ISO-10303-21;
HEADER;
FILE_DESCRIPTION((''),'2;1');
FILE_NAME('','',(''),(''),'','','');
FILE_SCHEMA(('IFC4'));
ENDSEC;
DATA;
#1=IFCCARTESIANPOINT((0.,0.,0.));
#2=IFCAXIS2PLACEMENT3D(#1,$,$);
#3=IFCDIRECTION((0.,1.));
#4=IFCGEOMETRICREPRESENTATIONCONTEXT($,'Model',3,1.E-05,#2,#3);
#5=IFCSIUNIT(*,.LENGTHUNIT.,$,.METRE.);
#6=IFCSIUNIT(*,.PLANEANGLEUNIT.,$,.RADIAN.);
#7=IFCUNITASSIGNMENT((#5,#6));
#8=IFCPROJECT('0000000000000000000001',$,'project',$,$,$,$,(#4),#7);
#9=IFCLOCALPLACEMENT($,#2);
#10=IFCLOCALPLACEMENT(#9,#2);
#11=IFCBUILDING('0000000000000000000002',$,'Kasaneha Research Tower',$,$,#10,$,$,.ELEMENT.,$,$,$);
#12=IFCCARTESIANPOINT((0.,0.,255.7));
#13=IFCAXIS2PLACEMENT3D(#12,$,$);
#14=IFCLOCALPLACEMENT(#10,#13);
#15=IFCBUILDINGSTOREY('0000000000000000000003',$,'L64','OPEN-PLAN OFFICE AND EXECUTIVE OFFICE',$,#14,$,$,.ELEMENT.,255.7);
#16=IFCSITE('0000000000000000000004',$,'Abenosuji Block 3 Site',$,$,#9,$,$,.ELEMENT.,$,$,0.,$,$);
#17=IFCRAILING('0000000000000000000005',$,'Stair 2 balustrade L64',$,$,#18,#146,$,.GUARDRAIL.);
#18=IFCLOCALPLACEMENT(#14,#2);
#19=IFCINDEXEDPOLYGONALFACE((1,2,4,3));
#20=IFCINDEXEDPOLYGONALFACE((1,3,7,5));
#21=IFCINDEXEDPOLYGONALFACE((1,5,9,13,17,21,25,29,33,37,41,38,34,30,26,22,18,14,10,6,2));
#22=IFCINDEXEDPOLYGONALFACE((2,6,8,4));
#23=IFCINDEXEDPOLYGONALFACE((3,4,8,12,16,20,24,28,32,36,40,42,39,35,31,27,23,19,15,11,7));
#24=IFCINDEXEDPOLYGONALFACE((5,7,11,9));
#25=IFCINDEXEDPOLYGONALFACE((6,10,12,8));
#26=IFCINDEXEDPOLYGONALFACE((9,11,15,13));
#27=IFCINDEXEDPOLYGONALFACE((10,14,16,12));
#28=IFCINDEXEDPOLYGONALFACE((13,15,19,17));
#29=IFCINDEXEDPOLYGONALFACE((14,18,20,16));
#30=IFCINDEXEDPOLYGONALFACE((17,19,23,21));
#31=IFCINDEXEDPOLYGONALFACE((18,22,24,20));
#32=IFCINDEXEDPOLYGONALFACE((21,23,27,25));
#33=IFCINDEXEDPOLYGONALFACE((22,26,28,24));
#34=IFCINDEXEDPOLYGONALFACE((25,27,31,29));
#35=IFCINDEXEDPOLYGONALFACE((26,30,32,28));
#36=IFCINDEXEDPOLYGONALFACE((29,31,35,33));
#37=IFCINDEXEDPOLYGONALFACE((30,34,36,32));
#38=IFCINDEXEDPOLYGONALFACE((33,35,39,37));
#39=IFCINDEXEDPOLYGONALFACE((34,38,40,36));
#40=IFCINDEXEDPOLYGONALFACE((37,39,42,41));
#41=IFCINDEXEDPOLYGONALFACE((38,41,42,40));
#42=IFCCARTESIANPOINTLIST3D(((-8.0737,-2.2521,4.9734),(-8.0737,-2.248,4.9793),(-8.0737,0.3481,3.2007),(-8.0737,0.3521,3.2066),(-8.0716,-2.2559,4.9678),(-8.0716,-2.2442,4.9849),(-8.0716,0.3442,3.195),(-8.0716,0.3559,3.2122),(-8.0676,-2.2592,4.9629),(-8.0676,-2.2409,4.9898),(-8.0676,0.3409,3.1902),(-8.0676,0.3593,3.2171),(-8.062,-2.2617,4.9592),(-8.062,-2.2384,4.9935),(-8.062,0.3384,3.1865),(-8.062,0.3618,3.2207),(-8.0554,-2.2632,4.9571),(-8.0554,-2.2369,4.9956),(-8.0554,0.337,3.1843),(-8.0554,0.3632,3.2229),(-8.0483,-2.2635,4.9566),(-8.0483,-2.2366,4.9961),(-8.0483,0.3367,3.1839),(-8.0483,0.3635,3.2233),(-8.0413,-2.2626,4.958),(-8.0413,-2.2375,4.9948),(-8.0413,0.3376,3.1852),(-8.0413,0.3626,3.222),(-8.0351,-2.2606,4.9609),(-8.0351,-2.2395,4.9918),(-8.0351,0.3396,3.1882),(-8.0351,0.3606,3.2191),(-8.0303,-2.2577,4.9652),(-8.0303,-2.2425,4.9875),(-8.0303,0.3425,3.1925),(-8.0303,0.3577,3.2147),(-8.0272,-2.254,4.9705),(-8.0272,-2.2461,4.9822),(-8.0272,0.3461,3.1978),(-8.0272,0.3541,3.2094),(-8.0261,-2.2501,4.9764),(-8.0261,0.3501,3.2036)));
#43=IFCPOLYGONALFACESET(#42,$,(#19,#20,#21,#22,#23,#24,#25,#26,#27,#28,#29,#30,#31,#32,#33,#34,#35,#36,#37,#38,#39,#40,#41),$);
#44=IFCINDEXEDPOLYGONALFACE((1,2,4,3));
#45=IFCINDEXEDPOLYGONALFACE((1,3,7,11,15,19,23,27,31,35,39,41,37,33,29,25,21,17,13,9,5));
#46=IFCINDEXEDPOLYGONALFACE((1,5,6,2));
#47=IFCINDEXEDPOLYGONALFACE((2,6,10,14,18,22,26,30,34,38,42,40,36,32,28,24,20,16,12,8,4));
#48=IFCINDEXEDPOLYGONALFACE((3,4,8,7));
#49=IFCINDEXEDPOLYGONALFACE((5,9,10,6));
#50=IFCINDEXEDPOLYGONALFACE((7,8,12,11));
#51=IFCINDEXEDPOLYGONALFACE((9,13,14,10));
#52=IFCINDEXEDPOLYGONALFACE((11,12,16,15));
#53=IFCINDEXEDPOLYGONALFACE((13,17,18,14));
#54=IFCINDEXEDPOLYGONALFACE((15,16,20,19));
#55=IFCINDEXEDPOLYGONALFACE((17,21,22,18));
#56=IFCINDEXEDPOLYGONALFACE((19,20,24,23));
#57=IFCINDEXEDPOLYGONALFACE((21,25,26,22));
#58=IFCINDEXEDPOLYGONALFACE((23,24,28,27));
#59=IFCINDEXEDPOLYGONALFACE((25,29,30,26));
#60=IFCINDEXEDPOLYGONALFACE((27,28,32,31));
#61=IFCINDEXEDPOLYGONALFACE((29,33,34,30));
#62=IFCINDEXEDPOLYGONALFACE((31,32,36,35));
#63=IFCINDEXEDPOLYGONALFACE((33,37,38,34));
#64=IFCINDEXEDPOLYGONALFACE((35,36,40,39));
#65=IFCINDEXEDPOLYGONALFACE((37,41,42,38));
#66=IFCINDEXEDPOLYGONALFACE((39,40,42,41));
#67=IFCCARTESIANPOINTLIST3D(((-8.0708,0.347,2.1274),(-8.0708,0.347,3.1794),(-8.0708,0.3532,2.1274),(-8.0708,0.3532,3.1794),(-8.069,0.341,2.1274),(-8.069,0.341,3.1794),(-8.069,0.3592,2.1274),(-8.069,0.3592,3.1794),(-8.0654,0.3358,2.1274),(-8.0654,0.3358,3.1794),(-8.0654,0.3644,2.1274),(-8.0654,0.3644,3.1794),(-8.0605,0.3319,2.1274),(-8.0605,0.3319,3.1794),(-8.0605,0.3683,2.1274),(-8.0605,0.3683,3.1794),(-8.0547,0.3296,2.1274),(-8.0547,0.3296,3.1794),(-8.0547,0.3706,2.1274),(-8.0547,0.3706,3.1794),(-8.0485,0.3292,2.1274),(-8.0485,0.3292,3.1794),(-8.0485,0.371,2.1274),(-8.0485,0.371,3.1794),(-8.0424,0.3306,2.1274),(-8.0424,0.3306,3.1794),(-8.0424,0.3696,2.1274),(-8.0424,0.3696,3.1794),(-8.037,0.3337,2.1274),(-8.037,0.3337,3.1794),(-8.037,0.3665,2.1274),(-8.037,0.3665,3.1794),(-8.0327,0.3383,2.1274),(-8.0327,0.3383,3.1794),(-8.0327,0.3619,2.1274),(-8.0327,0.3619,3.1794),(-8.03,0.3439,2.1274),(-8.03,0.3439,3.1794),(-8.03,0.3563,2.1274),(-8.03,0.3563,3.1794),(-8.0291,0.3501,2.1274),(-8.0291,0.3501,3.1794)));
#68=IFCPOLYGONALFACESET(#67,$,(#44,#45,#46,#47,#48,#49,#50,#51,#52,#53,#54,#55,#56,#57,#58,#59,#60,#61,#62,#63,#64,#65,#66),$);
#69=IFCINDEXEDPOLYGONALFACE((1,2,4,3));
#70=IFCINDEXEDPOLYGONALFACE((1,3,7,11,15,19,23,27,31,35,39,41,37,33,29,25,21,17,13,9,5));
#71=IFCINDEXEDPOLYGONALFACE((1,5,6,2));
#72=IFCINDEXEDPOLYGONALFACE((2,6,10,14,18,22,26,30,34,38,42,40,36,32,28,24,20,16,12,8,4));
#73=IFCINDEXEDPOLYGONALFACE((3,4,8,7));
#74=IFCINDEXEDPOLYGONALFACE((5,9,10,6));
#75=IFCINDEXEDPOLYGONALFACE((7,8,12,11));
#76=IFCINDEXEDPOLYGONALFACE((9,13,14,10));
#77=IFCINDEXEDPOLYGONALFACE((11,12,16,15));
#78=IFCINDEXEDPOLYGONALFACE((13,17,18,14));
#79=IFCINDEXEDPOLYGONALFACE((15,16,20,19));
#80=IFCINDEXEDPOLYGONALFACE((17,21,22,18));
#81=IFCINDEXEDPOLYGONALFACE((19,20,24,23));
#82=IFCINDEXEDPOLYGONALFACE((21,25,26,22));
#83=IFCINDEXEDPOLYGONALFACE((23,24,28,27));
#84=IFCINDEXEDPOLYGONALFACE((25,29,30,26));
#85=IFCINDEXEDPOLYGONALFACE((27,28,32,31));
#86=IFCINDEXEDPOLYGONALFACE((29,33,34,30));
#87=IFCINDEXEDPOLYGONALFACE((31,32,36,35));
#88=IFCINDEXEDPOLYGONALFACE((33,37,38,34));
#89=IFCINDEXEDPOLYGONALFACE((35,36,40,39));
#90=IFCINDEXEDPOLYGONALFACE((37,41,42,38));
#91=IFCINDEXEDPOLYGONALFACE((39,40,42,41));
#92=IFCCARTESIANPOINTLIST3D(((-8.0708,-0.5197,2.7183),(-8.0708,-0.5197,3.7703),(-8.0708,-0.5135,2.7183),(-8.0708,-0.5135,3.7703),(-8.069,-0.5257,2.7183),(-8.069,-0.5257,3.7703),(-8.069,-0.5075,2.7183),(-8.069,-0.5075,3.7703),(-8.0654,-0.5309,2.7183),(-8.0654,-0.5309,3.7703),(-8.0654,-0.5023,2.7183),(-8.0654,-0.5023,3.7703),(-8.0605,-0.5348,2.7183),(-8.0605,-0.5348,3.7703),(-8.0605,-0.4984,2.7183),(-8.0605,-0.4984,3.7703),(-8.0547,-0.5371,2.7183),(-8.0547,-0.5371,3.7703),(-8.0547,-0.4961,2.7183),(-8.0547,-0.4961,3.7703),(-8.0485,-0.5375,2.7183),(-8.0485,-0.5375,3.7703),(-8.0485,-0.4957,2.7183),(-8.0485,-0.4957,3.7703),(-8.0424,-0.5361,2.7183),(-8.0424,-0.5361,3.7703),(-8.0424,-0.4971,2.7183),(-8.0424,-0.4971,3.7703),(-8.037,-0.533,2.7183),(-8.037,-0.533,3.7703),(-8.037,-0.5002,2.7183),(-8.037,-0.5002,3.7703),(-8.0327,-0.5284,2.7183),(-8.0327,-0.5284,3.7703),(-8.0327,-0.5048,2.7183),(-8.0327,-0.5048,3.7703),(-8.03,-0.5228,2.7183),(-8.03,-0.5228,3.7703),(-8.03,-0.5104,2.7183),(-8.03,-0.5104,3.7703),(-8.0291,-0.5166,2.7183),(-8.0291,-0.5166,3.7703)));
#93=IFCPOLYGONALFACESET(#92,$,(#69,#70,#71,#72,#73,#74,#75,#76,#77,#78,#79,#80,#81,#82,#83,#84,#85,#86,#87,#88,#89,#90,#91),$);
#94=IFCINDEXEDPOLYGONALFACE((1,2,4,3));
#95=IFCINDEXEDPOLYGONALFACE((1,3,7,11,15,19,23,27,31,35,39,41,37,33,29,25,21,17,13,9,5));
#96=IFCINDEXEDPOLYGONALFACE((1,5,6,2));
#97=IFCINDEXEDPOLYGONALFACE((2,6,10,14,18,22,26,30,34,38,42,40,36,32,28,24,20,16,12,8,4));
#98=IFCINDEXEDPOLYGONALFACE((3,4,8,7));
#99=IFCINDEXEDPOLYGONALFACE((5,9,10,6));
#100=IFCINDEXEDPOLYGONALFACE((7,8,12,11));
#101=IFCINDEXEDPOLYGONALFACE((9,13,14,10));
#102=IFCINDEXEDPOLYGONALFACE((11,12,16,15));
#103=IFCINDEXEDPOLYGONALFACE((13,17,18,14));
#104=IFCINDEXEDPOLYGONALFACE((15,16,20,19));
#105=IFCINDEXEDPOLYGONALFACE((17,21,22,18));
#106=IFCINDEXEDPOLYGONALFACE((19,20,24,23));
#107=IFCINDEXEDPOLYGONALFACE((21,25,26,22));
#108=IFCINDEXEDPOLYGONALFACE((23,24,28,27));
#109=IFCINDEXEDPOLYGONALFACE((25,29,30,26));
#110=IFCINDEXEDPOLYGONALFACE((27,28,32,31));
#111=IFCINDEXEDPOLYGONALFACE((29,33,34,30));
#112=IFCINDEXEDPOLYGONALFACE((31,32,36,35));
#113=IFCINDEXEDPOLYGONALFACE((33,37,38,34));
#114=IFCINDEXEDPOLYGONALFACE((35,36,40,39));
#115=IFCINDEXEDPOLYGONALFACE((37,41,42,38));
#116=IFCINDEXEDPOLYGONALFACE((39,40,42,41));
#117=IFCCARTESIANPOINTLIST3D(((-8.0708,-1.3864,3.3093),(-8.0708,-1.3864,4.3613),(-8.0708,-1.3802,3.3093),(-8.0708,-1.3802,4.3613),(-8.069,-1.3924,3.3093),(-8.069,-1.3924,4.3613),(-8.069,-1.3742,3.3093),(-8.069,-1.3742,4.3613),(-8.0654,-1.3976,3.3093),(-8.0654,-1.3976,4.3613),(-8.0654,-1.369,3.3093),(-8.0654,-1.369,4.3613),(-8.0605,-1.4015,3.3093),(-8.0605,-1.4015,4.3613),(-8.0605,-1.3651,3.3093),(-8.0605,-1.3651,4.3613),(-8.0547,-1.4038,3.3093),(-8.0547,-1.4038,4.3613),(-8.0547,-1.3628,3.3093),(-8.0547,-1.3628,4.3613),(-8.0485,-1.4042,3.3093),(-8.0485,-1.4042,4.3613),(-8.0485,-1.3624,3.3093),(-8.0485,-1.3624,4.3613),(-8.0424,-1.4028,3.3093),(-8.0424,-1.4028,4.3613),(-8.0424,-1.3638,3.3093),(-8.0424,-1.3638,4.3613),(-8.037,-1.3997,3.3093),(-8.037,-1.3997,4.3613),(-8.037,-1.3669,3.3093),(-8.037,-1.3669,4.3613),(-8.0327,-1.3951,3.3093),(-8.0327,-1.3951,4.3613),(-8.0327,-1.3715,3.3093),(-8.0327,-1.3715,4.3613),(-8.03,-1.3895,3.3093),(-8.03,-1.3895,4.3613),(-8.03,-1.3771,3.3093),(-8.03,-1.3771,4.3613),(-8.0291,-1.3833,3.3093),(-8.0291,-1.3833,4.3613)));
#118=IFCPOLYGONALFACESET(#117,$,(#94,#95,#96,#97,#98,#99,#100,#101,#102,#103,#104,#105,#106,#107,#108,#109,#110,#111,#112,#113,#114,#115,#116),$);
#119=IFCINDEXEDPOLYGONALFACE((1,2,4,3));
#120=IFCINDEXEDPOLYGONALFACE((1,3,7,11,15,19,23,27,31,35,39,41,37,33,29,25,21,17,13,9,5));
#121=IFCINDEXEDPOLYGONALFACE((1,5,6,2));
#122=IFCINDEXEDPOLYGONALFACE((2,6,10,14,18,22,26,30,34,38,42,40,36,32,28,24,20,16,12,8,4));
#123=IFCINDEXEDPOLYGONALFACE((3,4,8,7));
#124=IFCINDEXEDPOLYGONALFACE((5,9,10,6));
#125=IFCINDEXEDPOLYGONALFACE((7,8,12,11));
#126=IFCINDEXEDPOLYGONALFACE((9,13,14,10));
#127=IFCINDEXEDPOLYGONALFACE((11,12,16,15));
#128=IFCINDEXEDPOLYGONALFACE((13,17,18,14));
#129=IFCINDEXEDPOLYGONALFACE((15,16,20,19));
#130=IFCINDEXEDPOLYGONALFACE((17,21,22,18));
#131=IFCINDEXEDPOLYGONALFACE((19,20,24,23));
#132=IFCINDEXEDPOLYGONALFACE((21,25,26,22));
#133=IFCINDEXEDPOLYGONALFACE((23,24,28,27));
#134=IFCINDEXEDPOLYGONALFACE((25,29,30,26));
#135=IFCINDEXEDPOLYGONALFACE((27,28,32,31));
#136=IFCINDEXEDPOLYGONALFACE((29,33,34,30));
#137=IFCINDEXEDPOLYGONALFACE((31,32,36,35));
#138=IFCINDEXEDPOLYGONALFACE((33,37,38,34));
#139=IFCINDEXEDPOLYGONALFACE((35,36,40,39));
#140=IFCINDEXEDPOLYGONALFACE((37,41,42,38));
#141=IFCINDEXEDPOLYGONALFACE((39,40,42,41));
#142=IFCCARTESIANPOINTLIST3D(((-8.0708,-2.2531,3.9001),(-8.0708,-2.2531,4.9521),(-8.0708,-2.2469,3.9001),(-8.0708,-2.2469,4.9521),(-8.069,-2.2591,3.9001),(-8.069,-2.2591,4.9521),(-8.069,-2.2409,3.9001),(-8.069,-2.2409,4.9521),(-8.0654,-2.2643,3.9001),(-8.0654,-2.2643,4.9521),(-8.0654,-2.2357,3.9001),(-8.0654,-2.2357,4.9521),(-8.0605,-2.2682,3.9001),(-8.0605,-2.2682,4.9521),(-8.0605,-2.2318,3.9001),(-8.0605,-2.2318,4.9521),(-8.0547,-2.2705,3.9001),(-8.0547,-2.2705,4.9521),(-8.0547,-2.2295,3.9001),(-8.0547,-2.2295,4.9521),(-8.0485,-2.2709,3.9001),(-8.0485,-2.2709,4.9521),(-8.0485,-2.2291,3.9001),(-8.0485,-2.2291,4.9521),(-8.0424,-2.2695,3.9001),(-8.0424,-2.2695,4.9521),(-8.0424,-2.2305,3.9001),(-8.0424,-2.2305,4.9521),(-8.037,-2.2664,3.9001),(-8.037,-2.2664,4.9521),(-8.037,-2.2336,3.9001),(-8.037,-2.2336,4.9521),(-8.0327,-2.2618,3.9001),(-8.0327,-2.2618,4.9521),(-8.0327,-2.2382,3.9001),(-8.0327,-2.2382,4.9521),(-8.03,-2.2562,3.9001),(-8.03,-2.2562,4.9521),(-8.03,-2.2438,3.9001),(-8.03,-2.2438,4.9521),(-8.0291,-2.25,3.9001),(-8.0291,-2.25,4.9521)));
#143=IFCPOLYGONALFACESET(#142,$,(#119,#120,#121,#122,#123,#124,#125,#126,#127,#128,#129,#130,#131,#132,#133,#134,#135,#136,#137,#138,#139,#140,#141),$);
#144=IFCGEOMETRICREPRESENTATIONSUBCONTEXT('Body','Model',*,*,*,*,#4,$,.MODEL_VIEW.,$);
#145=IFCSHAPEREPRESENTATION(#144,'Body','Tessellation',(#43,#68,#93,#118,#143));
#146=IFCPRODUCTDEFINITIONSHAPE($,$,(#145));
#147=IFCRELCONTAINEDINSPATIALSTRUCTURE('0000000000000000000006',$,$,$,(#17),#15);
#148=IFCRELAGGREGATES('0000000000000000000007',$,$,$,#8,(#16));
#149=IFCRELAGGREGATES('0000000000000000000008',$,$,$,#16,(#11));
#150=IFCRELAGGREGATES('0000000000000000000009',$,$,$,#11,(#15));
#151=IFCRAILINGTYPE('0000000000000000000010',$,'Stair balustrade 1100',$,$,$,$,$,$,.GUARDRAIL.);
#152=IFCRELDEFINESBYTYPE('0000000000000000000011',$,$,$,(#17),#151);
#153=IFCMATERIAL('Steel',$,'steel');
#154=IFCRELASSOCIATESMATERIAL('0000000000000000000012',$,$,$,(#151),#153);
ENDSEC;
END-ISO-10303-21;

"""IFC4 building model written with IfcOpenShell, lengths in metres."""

from ifc_helpers import new_model, si_unit, direction, frame, origin, origin_2d, place, context, subcontext, project, spatial, circle, extrude, material, type_object, element, save


model = new_model("IFC4")

# Units and contexts
model_context = context("Model", 3, precision=1e-05, world=origin(), true_north=direction((0.0, 1.0)))
body_context = subcontext(model_context, "Body", "Model", "MODEL_VIEW")
ifc_project = project(units=[si_unit("LENGTHUNIT", "METRE"), si_unit("PLANEANGLEUNIT", "RADIAN")], contexts=[model_context])

# Site, building, storey
site_placement = place(None, origin())
site = spatial("IfcSite", under=ifc_project, at=site_placement, Name="Abenosuji Block 3 Site", CompositionType="ELEMENT", RefElevation=0.0)
building_placement = place(site_placement, origin())
building = spatial("IfcBuilding", under=site, at=building_placement, Name="Kasaneha Research Tower", CompositionType="ELEMENT")
storey_placement = place(building_placement, frame((0.0, 0.0, 255.7)))
storey = spatial("IfcBuildingStorey", under=building, at=storey_placement, Name="L64", Description="OPEN-PLAN OFFICE AND EXECUTIVE OFFICE", CompositionType="ELEMENT", Elevation=255.7)

# Railing
ifc_material_1 = material(Name="Steel", Category="steel")
railing_type_1 = type_object("IfcRailingType", Name="Stair balustrade 1100", PredefinedType="GUARDRAIL", material=ifc_material_1)
railing_1_placement = place(storey_placement, frame((-8.05, 0.3501, 2.1274)))
element("IfcRailing", 1, at=railing_1_placement, inside=storey, type_object=railing_type_1, Name="Stair 2 balustrade L64", PredefinedType="GUARDRAIL", context=body_context, shape_type="SweptSolid", body=[
    extrude(circle(Radius=0.0239, at=origin_2d()), frame((0.0, 0.0, 1.0762), z_axis=(0.0, -0.82624, 0.563318), x_axis=(1.0, 0.0, 0.0)), (0.0, 0.0, 1.0), 3.147),
    extrude(circle(Radius=0.021, at=origin_2d()), origin(), (0.0, 0.0, 1.0), 1.052),
    extrude(circle(Radius=0.021, at=origin_2d()), frame((0.0, -0.8667, 0.5908)), (0.0, 0.0, 1.0), 1.052),
    extrude(circle(Radius=0.021, at=origin_2d()), frame((0.0, -1.7334, 1.1819)), (0.0, 0.0, 1.0), 1.052),
    extrude(circle(Radius=0.021, at=origin_2d()), frame((0.0, -2.6001, 1.7727)), (0.0, 0.0, 1.0), 1.052),
])

save(model, "model.ifc")
